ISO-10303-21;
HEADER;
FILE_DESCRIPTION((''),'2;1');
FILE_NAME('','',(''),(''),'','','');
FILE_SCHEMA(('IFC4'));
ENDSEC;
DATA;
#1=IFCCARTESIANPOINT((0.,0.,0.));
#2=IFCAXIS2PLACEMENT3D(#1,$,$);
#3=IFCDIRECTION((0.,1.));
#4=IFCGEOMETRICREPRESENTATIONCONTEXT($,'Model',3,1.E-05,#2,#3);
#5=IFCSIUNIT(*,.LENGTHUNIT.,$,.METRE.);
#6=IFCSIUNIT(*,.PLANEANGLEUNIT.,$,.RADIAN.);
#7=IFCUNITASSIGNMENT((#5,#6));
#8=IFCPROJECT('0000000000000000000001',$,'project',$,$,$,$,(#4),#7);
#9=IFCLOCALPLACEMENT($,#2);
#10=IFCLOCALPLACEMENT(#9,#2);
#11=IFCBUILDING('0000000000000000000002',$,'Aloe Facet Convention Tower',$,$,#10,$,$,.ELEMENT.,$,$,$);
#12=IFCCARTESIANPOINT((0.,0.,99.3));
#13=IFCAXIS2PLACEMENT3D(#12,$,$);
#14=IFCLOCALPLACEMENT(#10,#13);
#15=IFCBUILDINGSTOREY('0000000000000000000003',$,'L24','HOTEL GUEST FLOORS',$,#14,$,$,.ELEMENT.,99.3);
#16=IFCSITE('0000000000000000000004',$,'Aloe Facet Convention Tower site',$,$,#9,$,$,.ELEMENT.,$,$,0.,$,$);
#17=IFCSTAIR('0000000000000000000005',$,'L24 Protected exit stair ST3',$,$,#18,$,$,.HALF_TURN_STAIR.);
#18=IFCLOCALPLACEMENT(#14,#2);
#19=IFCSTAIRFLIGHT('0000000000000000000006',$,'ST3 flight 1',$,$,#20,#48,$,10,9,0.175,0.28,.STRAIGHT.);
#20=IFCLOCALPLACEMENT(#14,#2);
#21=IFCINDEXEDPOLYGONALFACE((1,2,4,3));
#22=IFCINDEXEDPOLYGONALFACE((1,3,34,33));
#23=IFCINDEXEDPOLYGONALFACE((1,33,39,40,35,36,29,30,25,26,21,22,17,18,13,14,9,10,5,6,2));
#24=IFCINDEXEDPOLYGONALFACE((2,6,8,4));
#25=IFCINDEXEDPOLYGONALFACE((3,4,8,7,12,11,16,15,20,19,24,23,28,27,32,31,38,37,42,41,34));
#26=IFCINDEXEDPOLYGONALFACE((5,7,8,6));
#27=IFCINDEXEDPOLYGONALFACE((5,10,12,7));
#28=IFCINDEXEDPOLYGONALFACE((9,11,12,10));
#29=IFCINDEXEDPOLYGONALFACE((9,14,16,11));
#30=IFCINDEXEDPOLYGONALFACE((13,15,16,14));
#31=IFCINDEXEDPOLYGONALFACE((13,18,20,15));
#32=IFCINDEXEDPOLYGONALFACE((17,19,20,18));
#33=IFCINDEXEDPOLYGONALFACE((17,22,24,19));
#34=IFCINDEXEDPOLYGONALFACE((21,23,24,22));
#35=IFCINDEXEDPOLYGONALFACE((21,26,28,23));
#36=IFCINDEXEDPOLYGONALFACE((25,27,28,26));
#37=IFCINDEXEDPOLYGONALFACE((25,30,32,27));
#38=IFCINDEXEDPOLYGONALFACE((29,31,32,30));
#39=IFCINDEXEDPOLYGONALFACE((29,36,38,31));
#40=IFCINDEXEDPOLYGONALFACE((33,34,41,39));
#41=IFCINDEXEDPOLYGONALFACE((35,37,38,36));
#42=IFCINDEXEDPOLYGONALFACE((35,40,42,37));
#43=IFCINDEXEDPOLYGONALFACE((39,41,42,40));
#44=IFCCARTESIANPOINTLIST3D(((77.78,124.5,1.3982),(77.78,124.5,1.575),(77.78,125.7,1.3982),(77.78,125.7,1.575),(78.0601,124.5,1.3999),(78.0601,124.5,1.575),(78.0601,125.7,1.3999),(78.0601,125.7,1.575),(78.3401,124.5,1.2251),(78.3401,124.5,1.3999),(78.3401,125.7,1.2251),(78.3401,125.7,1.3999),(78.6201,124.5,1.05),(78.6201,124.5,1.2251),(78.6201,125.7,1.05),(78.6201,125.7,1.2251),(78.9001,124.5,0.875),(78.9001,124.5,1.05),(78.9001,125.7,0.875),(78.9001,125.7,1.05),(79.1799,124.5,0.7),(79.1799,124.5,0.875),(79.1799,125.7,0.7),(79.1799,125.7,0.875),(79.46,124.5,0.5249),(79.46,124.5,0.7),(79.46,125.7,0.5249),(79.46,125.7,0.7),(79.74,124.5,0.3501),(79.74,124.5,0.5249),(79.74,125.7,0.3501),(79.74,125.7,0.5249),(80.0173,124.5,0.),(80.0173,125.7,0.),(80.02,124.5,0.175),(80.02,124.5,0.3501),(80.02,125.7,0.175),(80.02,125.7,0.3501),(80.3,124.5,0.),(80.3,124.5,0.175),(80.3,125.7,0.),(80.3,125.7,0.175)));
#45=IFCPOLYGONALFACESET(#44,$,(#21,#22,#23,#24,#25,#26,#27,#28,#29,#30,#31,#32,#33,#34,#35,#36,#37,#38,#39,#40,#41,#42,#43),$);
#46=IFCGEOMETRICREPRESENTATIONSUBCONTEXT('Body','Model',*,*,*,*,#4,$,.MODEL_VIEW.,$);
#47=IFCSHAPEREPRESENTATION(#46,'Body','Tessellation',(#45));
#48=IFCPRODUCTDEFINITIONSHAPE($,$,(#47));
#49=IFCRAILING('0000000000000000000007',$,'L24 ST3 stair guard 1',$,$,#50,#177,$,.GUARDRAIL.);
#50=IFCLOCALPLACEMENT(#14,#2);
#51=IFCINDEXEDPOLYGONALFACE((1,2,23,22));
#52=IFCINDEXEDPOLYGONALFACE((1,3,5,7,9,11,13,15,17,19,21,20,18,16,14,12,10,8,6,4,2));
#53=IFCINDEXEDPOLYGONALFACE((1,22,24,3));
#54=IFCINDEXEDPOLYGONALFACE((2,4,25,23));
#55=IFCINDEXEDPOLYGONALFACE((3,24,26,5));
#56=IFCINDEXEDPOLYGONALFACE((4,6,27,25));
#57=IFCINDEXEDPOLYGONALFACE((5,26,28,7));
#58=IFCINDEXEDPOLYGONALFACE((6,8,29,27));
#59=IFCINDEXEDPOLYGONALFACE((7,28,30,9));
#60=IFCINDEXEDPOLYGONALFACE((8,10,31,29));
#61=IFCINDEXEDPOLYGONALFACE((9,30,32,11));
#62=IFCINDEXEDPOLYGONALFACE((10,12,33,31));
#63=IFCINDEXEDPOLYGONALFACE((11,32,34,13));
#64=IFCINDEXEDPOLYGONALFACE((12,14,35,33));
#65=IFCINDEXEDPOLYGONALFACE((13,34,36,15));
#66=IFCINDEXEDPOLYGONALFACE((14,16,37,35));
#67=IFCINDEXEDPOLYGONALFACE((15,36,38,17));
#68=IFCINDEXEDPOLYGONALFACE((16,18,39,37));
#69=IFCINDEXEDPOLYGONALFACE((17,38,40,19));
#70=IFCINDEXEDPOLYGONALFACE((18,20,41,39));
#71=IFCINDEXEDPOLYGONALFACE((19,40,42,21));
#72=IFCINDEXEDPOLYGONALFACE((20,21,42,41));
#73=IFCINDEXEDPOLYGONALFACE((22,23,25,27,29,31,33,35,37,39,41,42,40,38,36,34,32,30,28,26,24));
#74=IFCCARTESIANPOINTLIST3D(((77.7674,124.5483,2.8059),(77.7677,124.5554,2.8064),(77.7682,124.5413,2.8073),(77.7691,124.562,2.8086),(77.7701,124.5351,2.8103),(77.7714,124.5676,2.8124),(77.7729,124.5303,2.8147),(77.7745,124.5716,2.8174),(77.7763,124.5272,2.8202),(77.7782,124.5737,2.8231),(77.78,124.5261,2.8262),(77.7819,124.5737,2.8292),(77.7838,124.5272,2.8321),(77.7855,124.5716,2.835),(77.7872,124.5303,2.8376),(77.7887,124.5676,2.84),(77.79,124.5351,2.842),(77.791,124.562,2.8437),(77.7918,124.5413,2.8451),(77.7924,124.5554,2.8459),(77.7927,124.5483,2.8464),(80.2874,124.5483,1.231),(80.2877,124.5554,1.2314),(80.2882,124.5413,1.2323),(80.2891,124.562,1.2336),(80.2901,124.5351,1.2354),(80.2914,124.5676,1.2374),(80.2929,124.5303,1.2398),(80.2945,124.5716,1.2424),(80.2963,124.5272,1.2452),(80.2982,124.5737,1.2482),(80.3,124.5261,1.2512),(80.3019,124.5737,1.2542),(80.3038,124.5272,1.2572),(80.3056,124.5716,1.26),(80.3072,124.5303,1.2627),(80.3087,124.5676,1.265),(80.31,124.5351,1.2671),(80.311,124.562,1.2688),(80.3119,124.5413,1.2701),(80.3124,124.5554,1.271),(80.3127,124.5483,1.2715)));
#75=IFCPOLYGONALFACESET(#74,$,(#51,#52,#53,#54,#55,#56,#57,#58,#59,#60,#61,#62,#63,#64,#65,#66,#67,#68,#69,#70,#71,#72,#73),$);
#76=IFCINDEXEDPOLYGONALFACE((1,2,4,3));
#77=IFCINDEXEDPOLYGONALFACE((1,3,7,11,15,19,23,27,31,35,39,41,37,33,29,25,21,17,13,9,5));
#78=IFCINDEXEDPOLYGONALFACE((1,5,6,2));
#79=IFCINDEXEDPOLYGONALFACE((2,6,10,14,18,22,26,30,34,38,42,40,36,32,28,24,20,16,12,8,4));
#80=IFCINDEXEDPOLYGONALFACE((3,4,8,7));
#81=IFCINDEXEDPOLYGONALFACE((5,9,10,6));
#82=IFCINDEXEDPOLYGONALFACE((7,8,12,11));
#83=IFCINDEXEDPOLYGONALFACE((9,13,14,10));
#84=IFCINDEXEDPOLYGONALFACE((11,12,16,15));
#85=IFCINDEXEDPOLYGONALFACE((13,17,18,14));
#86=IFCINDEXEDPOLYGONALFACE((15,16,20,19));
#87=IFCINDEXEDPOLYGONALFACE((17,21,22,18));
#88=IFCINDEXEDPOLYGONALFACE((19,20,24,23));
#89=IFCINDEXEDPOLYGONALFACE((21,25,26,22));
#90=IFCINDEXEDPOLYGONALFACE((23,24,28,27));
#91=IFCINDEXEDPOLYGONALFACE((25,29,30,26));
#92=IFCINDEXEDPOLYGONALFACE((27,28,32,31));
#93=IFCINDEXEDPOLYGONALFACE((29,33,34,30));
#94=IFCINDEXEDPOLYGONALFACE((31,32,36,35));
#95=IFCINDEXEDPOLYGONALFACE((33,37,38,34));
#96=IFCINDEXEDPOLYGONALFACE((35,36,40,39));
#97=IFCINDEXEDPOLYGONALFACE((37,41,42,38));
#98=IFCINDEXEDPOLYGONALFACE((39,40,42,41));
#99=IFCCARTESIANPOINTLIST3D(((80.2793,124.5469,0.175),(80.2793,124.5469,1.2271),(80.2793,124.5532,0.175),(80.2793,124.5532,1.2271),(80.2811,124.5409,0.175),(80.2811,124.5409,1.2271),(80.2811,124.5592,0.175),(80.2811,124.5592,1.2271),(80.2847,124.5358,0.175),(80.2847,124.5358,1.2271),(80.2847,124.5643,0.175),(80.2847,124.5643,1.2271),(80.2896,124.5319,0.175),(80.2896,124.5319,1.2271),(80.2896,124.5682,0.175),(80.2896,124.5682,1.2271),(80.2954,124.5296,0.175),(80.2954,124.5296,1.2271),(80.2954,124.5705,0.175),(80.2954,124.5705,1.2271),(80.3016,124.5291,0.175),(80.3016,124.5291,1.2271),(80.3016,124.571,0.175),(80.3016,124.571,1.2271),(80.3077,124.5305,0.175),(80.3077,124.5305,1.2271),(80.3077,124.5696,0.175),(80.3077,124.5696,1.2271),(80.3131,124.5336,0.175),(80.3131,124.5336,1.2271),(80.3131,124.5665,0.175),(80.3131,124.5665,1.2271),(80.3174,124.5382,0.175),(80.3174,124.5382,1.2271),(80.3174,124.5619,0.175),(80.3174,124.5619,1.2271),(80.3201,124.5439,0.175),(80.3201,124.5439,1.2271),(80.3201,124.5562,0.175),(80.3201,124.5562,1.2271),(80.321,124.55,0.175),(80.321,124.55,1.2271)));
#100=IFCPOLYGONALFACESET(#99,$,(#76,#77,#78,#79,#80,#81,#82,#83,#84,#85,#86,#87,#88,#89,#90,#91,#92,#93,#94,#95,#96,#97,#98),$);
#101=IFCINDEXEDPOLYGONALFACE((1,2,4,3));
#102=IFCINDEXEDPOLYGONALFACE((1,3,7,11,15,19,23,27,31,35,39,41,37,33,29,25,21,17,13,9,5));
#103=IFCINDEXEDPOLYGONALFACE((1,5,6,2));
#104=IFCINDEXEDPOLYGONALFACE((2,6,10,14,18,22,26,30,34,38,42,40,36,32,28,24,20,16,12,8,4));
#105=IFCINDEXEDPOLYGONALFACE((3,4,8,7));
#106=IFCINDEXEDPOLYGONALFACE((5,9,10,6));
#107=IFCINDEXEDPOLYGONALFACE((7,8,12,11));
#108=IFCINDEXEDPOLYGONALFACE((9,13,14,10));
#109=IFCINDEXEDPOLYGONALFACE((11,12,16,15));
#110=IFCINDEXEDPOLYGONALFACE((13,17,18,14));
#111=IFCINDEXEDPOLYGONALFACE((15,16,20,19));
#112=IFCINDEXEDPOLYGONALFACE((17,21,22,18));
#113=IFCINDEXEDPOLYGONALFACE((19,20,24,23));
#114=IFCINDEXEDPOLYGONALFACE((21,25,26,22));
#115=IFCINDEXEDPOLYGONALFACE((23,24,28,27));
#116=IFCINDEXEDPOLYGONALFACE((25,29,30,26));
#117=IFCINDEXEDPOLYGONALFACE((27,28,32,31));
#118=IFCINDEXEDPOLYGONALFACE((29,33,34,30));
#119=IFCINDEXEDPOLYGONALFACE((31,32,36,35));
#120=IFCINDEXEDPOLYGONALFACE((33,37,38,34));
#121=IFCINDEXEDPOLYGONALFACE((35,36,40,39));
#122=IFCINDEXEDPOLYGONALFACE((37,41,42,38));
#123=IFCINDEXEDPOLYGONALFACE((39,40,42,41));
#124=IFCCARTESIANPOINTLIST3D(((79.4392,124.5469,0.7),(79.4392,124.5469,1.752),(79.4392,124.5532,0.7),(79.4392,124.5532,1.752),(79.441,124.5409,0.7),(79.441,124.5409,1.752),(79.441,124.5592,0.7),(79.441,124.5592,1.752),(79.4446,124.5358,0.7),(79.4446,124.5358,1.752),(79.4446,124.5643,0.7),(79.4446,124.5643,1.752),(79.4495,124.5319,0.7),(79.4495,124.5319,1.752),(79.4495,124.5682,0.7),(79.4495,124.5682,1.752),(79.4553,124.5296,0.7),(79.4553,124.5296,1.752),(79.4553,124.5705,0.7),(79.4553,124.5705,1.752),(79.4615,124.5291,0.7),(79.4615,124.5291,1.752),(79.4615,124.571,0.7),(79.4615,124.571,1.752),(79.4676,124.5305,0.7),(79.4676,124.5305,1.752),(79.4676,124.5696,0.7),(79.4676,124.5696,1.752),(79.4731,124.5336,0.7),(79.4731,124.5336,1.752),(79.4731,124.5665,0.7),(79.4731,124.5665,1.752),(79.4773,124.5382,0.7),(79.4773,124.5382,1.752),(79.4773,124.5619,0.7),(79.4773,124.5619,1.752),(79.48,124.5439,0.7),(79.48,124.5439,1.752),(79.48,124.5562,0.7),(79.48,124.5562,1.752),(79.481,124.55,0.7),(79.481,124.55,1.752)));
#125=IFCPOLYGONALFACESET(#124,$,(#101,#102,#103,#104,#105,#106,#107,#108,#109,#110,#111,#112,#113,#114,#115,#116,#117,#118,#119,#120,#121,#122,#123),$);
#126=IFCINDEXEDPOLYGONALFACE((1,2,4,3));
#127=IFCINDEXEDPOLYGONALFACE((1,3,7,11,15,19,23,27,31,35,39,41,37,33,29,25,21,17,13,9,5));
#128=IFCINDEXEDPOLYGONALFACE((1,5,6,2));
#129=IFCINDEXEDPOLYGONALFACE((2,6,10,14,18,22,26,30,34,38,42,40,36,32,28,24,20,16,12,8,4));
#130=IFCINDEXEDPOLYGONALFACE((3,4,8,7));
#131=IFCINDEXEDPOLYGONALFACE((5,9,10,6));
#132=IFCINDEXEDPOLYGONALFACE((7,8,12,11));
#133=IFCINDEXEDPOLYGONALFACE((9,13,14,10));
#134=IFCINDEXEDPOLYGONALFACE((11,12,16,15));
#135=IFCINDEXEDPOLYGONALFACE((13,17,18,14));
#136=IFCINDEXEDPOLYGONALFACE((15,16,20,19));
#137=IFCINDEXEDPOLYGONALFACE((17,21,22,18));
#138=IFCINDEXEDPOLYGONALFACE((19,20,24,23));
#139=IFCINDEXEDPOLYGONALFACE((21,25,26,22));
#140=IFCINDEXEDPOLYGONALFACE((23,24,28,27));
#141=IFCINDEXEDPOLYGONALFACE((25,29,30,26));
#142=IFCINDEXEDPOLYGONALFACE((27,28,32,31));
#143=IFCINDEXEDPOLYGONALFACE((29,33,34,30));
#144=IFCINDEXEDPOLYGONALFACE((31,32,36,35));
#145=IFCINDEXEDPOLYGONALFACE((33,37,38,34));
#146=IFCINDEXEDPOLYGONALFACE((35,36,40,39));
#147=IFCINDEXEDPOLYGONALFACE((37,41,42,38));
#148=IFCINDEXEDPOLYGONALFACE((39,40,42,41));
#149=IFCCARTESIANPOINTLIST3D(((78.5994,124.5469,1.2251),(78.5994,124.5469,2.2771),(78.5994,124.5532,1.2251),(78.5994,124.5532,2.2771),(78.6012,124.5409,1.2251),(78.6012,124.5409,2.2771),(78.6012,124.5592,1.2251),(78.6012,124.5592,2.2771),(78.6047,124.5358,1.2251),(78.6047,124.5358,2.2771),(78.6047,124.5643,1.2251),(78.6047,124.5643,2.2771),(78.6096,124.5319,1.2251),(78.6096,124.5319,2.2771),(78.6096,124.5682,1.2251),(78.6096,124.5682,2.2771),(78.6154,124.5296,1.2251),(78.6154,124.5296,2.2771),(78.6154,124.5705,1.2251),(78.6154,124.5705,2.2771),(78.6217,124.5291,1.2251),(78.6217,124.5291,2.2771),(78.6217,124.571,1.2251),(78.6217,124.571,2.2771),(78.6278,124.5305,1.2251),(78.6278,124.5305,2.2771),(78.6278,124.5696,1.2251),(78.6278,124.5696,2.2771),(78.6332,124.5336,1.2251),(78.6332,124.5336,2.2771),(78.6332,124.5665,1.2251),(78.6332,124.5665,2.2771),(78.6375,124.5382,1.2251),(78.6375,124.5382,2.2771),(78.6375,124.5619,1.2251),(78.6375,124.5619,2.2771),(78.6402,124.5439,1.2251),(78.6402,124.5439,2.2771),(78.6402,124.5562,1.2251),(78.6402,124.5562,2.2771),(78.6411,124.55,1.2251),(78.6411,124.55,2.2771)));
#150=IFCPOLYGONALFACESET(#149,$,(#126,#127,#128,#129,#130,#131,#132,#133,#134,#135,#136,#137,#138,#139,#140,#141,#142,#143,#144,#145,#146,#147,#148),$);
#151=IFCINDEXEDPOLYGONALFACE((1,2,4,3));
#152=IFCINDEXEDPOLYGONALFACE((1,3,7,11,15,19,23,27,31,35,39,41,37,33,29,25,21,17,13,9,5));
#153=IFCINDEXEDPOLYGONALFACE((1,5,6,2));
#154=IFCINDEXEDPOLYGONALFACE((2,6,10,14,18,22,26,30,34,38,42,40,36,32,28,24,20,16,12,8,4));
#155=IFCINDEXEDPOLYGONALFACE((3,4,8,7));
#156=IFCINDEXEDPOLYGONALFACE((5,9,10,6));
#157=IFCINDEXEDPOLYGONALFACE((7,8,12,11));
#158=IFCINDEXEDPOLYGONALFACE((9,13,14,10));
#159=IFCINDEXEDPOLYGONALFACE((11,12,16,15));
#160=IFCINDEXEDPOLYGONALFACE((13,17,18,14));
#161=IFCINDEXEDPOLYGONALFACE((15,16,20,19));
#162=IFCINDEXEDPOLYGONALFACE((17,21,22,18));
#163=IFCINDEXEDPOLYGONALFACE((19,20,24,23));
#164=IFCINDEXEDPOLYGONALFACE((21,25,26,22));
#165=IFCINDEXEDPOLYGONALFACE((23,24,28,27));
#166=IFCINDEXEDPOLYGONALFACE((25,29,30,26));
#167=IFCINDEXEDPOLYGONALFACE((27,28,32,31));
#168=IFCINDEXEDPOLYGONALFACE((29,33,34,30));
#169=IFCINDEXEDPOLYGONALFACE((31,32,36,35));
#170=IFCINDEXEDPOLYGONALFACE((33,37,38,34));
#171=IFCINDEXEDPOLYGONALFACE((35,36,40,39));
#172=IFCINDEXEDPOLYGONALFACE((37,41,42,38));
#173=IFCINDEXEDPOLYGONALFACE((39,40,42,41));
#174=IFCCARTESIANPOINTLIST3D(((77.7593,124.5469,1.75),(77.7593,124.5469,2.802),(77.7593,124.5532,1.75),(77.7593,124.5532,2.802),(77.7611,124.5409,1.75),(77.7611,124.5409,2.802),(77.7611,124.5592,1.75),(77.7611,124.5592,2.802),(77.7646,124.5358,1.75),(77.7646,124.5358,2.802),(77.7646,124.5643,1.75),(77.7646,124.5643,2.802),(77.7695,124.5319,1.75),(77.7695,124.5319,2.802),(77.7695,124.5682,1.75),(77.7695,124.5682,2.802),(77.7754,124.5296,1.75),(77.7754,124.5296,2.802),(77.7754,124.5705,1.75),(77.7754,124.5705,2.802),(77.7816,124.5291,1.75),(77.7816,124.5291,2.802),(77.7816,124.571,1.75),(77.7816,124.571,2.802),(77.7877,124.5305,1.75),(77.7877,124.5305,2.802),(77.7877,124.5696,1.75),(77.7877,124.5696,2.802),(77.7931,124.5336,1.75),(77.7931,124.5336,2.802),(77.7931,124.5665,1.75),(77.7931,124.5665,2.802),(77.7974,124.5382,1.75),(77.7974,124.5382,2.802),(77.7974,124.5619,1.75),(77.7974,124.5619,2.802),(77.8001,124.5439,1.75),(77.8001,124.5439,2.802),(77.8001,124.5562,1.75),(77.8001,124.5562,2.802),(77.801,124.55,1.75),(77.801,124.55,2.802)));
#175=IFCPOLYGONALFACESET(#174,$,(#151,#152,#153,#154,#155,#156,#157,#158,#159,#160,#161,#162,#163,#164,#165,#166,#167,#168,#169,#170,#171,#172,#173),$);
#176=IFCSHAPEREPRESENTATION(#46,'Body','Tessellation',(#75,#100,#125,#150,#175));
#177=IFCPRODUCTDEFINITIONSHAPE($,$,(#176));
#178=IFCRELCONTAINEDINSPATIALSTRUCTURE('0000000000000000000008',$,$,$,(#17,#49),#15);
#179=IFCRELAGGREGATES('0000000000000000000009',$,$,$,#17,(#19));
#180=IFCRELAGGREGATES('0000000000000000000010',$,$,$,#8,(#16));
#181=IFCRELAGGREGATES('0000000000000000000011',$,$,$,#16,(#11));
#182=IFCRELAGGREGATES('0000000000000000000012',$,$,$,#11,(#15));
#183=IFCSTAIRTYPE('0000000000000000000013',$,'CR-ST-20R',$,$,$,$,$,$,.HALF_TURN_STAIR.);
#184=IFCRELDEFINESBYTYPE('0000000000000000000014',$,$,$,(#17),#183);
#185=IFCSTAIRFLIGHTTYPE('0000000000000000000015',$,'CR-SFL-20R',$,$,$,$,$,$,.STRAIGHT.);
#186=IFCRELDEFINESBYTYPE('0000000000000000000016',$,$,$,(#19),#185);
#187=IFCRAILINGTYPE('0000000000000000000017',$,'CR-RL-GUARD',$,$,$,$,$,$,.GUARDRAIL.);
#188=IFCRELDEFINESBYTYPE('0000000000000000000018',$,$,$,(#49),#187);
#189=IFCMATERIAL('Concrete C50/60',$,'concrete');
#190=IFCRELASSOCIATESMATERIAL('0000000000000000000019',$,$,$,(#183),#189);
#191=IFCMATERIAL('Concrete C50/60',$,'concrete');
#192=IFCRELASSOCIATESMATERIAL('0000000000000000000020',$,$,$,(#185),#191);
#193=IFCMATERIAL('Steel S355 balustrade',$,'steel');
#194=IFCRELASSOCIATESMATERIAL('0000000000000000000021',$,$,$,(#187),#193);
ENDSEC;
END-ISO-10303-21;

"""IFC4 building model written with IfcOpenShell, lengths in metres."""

from ifc_helpers import new_model, si_unit, direction, frame, origin, origin_2d, place, context, subcontext, project, spatial, polyline, circle, outline, extrude, material, type_object, element, aggregate, save


model = new_model("IFC4")

# Units and contexts
model_context = context("Model", 3, precision=1e-05, world=origin(), true_north=direction((0.0, 1.0)))
body_context = subcontext(model_context, "Body", "Model", "MODEL_VIEW")
ifc_project = project(units=[si_unit("LENGTHUNIT", "METRE"), si_unit("PLANEANGLEUNIT", "RADIAN")], contexts=[model_context])

# Site, building, storey
site_placement = place(None, origin())
site = spatial("IfcSite", under=ifc_project, at=site_placement, Name="Aloe Facet Convention Tower site", CompositionType="ELEMENT", RefElevation=0.0)
building_placement = place(site_placement, origin())
building = spatial("IfcBuilding", under=site, at=building_placement, Name="Aloe Facet Convention Tower", CompositionType="ELEMENT")
storey_placement = place(building_placement, frame((0.0, 0.0, 99.3)))
storey = spatial("IfcBuildingStorey", under=building, at=storey_placement, Name="L24", Description="HOTEL GUEST FLOORS", CompositionType="ELEMENT", Elevation=99.3)

# Stair, stair flight
ifc_material_1 = material(Name="Concrete C50/60", Category="concrete")
stair_type = type_object("IfcStairType", Name="CR-ST-20R", PredefinedType="HALF_TURN_STAIR", material=ifc_material_1)
stair_placement = place(storey_placement, origin())
stair = element("IfcStair", 1, at=stair_placement, inside=storey, type_object=stair_type, Name="L24 Protected exit stair ST3", PredefinedType="HALF_TURN_STAIR")
ifc_material_2 = material(Name="Concrete C50/60", Category="concrete")
stair_flight_type = type_object("IfcStairFlightType", Name="CR-SFL-20R", PredefinedType="STRAIGHT", material=ifc_material_2)
stair_flight_placement = place(storey_placement, frame((80.3, 125.1001, 0.0), z_axis=(0.0, 0.0, 1.0), x_axis=(-1.0, 0.0, 0.0)))
stair_flight = element("IfcStairFlight", 2, at=stair_flight_placement, type_object=stair_flight_type, Name="ST3 flight 1", NumberOfRisers=10, NumberOfTreads=9, PredefinedType="STRAIGHT", RiserHeight=0.175, TreadLength=0.28, context=body_context, shape_type="SweptSolid", body=[
    extrude(outline(polyline([(0.0, 0.0), (0.0, 0.175), (0.28, 0.175), (0.28, 0.3501), (0.5601, 0.3501), (0.5601, 0.5249), (0.8401, 0.5249), (0.8401, 0.7), (1.1201, 0.7), (1.1201, 0.875), (1.3999, 0.875), (1.3999, 1.05), (1.6799, 1.05), (1.6799, 1.2251), (1.96, 1.2251), (1.96, 1.3999), (2.24, 1.3999), (2.24, 1.575), (2.52, 1.575), (2.52, 1.75), (2.52, 1.3982), (0.2827, 0.0), (0.0, 0.0)])), frame((0.0, 0.6001, 0.0), z_axis=(0.0, -1.0, 0.0), x_axis=(1.0, 0.0, 0.0)), (0.0, 0.0, 1.0), 1.2),
])
aggregate(stair, [stair_flight])

# Railing
ifc_material_3 = material(Name="Steel S355 balustrade", Category="steel")
railing_type = type_object("IfcRailingType", Name="CR-RL-GUARD", PredefinedType="GUARDRAIL", material=ifc_material_3)
railing_1_placement = place(storey_placement, frame((80.3, 124.55, 0.175)))
element("IfcRailing", 3, at=railing_1_placement, inside=storey, type_object=railing_type, Name="L24 ST3 stair guard 1", PredefinedType="GUARDRAIL", context=body_context, shape_type="SweptSolid", body=[
    extrude(circle(Radius=0.0239, at=origin_2d()), frame((0.0, 0.0, 1.0762), z_axis=(-0.848008, 0.0, 0.529984), x_axis=(0.0, -1.0, 0.0)), (0.0, 0.0, 1.0), 2.9717),
    extrude(circle(Radius=0.021, at=origin_2d()), origin(), (0.0, 0.0, 1.0), 1.052),
    extrude(circle(Radius=0.021, at=origin_2d()), frame((-0.8401, 0.0, 0.5249)), (0.0, 0.0, 1.0), 1.052),
    extrude(circle(Radius=0.021, at=origin_2d()), frame((-1.6799, 0.0, 1.05)), (0.0, 0.0, 1.0), 1.052),
    extrude(circle(Radius=0.021, at=origin_2d()), frame((-2.52, 0.0, 1.575)), (0.0, 0.0, 1.0), 1.052),
])

save(model, "model.ifc")
